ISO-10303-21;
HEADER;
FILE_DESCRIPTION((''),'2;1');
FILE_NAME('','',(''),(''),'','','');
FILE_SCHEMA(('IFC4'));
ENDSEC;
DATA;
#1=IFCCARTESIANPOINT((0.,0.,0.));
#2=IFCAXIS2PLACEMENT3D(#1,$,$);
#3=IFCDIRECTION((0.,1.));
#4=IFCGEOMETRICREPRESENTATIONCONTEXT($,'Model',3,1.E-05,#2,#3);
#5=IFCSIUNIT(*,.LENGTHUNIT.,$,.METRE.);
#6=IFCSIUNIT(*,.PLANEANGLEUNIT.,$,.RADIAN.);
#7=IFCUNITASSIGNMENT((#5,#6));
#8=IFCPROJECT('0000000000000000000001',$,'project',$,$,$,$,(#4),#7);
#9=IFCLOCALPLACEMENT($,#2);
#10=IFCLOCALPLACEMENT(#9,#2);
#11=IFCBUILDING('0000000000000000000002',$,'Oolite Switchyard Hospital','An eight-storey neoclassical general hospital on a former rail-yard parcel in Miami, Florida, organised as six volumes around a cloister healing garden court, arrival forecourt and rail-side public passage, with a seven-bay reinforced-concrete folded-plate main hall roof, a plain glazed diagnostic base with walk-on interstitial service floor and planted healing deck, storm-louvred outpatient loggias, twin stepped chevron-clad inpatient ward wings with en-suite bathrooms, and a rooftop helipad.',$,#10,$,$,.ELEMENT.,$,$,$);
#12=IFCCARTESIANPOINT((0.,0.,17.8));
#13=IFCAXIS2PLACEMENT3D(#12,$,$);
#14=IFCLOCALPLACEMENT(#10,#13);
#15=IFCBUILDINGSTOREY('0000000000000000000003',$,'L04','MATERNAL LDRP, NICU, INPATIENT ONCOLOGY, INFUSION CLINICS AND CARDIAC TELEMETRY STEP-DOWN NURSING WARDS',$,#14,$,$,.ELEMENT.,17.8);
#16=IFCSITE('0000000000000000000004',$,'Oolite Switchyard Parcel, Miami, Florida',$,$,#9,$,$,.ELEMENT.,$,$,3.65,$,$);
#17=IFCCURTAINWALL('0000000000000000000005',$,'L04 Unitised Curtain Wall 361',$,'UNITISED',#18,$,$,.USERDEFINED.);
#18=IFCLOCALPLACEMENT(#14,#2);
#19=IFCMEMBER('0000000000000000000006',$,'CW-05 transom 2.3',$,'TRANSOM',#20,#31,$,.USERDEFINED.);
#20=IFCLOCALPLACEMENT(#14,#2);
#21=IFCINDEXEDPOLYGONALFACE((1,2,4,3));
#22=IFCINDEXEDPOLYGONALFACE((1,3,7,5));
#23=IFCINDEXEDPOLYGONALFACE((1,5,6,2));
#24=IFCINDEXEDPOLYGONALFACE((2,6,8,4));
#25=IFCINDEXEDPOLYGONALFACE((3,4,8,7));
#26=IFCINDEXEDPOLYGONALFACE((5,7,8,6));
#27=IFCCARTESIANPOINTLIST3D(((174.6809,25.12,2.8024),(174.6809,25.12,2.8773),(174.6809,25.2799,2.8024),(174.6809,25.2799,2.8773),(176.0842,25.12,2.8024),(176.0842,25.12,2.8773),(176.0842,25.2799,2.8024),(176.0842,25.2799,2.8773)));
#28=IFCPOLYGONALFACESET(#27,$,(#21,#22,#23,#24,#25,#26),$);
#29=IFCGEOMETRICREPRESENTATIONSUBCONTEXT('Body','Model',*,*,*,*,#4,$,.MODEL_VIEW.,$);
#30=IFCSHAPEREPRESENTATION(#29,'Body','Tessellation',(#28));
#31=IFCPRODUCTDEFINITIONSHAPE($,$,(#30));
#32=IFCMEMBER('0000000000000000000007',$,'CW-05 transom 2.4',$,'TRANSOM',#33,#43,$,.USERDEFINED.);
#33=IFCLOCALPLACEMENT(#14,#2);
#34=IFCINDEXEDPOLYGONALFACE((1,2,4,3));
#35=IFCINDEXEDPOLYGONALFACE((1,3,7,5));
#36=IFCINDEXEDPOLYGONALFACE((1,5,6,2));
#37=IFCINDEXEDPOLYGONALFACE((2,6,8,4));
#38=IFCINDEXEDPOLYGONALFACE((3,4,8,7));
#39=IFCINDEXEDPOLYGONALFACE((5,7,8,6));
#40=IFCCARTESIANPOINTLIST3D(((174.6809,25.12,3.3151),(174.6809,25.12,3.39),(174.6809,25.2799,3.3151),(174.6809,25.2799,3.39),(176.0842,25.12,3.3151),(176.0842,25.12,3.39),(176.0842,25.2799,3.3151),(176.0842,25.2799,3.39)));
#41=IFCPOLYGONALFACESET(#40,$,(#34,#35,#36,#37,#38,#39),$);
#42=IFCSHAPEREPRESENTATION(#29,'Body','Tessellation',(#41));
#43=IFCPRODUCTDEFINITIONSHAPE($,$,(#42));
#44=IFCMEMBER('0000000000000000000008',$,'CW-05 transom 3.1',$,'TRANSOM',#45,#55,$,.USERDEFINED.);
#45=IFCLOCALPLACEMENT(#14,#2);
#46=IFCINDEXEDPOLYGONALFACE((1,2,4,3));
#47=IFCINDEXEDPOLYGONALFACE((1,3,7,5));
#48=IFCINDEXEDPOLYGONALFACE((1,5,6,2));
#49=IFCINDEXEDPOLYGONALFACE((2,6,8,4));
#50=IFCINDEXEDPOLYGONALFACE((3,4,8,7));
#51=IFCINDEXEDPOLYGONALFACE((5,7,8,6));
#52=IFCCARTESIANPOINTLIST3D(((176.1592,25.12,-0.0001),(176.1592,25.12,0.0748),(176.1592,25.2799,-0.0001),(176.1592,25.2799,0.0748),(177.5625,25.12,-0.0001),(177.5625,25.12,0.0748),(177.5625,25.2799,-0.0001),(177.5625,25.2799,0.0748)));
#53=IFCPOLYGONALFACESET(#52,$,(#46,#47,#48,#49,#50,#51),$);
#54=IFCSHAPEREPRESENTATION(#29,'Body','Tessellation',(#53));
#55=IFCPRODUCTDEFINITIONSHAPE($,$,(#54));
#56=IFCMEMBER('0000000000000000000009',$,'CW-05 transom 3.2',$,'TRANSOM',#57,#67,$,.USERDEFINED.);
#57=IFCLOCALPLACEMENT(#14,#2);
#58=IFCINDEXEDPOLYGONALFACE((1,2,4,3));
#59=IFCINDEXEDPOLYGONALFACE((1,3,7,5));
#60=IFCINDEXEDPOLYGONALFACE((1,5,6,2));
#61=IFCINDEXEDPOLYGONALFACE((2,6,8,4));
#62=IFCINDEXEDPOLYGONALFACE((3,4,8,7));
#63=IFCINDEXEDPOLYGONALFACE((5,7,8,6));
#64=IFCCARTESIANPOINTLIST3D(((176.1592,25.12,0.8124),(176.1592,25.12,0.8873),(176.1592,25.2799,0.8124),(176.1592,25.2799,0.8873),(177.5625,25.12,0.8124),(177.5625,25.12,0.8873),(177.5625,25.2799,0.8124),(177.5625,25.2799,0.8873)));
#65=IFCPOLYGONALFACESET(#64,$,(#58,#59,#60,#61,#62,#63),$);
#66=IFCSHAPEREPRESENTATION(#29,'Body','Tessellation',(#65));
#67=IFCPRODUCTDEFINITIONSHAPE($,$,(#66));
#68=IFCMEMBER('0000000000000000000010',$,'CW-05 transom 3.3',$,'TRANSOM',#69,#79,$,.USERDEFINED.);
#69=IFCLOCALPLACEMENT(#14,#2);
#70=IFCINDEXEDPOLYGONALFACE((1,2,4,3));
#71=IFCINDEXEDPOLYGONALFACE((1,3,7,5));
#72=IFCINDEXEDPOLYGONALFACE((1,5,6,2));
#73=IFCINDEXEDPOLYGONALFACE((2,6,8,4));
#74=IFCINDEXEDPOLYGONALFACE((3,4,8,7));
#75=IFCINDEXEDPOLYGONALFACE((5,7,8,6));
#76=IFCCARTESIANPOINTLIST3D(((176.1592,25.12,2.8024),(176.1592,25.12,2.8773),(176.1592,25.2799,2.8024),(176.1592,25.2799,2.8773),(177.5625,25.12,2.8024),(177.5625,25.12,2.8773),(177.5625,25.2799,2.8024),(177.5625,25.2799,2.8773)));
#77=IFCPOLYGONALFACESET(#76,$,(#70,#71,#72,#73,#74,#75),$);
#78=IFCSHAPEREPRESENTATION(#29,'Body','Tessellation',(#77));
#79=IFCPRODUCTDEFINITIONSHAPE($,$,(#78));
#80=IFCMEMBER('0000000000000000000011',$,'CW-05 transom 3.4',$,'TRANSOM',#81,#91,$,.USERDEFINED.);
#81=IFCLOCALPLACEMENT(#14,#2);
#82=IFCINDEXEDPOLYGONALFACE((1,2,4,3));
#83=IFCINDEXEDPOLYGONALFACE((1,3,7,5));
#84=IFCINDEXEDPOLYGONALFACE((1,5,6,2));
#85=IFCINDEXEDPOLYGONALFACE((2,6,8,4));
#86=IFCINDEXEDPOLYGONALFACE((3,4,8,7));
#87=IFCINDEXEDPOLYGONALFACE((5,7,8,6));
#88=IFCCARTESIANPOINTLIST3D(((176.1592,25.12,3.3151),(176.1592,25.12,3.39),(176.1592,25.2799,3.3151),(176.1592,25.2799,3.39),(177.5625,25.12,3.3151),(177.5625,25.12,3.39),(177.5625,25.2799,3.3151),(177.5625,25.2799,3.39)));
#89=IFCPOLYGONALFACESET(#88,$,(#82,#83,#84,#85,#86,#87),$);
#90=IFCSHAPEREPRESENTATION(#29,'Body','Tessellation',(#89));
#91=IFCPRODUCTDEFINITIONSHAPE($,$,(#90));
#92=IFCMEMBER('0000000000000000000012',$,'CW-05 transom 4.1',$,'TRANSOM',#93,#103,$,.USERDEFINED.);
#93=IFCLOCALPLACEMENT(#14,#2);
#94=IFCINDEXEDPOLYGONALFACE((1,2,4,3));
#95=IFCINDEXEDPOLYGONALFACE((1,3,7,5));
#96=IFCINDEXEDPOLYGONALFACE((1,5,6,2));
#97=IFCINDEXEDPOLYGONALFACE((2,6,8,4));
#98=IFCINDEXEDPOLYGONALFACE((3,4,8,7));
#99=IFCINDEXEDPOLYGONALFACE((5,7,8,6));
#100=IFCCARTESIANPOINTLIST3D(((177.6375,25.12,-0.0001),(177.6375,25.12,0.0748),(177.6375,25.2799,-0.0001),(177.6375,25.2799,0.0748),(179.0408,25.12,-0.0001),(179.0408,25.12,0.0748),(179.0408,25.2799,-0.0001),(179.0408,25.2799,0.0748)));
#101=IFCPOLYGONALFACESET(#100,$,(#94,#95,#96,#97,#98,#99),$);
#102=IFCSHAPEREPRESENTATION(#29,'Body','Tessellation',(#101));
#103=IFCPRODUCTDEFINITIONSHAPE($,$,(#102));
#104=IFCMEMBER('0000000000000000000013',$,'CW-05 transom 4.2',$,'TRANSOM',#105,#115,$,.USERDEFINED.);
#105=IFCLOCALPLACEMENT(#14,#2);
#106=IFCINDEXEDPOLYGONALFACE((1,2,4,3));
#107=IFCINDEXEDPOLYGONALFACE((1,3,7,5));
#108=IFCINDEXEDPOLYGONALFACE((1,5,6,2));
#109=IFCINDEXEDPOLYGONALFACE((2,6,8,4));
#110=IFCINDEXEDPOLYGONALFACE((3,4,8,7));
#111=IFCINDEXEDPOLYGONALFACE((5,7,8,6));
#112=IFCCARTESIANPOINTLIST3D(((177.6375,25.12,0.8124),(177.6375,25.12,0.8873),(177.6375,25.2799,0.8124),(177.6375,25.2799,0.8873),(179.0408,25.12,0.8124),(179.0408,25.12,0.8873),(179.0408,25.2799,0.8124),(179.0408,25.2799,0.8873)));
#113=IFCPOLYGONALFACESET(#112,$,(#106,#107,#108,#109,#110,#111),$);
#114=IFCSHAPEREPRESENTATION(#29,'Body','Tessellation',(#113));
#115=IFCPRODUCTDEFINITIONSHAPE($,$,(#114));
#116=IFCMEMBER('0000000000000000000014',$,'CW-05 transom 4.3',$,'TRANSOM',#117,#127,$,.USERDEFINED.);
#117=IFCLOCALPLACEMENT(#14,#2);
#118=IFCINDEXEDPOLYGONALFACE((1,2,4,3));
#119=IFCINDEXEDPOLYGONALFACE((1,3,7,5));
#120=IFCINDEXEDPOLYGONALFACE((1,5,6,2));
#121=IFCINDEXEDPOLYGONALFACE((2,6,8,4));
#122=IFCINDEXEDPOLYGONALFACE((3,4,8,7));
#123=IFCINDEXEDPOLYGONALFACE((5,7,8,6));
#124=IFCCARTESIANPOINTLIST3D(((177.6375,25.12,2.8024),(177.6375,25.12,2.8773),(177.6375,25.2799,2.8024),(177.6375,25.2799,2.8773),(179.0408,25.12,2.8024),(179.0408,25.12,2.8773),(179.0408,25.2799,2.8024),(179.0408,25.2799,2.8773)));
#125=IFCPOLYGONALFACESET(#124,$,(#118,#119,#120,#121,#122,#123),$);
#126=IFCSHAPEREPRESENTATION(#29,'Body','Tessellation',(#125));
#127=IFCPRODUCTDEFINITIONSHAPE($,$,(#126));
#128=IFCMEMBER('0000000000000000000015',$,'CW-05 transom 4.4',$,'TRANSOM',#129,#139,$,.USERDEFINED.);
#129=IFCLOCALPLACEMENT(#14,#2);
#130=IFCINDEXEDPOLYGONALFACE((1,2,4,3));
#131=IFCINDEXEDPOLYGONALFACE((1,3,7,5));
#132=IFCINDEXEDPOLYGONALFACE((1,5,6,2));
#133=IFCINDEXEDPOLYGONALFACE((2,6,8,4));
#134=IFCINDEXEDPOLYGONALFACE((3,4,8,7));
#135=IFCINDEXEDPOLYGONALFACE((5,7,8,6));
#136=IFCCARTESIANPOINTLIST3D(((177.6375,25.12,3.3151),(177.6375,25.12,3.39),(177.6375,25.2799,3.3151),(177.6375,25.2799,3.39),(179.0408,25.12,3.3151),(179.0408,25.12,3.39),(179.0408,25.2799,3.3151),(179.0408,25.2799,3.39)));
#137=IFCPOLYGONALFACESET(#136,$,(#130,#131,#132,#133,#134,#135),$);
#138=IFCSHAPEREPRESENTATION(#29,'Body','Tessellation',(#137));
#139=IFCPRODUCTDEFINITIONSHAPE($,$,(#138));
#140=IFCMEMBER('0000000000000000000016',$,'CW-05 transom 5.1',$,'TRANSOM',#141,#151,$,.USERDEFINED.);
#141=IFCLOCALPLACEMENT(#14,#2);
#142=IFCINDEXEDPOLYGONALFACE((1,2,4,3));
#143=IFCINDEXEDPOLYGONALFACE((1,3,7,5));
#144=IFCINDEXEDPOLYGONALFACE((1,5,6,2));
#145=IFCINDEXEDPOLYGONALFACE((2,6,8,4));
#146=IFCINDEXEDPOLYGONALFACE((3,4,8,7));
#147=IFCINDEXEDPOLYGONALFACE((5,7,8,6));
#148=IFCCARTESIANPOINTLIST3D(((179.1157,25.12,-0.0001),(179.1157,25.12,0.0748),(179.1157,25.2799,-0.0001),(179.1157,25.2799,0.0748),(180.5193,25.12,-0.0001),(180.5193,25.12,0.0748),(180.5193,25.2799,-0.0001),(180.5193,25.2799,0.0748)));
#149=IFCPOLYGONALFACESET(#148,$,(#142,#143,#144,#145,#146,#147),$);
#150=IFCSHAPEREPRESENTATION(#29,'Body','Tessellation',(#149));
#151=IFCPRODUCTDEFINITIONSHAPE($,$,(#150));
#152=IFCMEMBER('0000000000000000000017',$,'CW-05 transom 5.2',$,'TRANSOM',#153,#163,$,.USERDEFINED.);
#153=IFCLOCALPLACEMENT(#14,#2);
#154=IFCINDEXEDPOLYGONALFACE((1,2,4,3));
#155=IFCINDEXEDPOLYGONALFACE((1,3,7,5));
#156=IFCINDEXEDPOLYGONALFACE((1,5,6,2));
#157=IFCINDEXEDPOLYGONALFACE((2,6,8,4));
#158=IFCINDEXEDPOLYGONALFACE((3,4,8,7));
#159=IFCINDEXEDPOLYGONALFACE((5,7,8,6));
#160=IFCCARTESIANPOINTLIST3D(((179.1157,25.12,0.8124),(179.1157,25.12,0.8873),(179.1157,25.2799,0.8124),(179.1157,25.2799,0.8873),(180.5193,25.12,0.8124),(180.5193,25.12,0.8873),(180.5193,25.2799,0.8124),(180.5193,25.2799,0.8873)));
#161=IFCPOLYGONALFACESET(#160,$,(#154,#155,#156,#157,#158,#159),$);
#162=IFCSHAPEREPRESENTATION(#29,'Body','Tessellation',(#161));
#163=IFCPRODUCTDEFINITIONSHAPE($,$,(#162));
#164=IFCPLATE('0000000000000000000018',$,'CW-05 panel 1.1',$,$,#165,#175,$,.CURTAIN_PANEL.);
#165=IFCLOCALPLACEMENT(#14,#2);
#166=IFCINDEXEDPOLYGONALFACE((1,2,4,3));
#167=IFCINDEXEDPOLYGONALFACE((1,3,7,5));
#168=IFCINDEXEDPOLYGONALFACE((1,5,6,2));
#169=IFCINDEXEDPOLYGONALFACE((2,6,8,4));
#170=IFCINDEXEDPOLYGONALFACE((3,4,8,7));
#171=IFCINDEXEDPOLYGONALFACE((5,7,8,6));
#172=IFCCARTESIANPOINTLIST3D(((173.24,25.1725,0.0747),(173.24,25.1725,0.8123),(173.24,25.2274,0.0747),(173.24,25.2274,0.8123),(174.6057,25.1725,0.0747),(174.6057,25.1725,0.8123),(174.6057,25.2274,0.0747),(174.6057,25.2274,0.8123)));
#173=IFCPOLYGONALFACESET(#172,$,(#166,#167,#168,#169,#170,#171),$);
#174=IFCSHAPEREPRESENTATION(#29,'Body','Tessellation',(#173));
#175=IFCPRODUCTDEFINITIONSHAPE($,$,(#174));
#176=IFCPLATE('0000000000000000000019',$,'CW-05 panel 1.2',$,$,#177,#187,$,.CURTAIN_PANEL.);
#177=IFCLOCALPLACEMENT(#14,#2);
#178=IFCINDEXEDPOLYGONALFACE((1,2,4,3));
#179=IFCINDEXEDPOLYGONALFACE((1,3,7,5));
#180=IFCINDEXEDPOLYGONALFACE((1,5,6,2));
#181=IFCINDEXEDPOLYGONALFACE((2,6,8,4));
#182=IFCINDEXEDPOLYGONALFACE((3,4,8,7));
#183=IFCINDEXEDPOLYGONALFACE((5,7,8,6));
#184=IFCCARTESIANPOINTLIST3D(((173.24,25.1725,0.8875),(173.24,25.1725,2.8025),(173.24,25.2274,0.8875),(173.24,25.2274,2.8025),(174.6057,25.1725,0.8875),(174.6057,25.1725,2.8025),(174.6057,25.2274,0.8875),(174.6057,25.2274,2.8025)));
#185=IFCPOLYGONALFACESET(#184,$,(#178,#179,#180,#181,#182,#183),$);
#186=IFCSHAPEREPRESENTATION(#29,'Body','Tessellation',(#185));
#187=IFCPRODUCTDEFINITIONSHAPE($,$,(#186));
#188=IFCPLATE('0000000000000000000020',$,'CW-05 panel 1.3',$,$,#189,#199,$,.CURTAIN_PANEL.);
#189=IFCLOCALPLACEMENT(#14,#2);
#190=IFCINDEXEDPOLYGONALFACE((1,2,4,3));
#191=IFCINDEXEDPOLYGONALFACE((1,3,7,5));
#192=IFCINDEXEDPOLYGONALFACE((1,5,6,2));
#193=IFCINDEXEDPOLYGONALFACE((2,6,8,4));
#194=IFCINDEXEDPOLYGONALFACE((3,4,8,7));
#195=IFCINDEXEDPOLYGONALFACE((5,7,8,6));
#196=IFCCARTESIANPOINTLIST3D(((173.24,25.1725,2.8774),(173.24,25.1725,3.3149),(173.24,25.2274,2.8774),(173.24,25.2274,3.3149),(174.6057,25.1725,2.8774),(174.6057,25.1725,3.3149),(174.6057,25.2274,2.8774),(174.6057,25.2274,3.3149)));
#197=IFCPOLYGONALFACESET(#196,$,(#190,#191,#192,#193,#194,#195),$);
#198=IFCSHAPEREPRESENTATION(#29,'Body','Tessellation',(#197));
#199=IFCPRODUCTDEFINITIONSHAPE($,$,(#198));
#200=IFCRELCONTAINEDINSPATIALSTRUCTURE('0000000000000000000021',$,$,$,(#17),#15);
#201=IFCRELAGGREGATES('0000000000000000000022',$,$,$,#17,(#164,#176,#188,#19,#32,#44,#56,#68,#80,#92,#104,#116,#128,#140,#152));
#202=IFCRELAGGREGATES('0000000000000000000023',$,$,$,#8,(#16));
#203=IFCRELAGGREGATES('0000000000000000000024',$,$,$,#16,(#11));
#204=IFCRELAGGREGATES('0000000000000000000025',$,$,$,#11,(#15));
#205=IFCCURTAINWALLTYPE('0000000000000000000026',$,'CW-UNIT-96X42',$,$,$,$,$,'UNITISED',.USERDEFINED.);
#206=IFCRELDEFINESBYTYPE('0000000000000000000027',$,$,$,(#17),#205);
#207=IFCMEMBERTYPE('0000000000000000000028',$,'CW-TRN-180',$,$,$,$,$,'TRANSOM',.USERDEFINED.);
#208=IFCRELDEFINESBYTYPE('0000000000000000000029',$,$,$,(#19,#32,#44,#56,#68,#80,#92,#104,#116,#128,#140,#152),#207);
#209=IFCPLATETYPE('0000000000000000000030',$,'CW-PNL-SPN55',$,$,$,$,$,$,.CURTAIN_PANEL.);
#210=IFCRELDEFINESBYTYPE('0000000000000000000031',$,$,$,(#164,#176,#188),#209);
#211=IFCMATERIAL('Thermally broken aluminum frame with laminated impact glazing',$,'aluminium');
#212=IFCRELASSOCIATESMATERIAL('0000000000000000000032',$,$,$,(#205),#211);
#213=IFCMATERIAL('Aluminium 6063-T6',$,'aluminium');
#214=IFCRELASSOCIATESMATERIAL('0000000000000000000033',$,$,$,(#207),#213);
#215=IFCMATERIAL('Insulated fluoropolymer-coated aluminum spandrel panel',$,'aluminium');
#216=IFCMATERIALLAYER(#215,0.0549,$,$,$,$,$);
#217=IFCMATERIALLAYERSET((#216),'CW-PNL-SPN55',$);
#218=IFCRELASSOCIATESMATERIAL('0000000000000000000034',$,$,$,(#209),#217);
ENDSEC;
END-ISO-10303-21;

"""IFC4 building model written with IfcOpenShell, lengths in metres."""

from ifc_helpers import new_model, si_unit, direction, frame, origin, origin_2d, place, context, subcontext, project, spatial, rectangle, extrude, material, layer, layer_set, material_profile, profile_set, type_object, element, aggregate, save


model = new_model("IFC4")

# Units and contexts
model_context = context("Model", 3, precision=1e-05, world=origin(), true_north=direction((0.0, 1.0)))
body_context = subcontext(model_context, "Body", "Model", "MODEL_VIEW")
ifc_project = project(units=[si_unit("LENGTHUNIT", "METRE"), si_unit("PLANEANGLEUNIT", "RADIAN")], contexts=[model_context])

# Site, building, storey
site_placement = place(None, origin())
site = spatial("IfcSite", under=ifc_project, at=site_placement, Name="Oolite Switchyard Parcel, Miami, Florida", CompositionType="ELEMENT", RefElevation=3.65)
building_placement = place(site_placement, origin())
building = spatial("IfcBuilding", under=site, at=building_placement, Name="Oolite Switchyard Hospital", Description="An eight-storey neoclassical general hospital on a former rail-yard parcel in Miami, Florida, organised as six volumes around a cloister healing garden court, arrival forecourt and rail-side public passage, with a seven-bay reinforced-concrete folded-plate main hall roof, a plain glazed diagnostic base with walk-on interstitial service floor and planted healing deck, storm-louvred outpatient loggias, twin stepped chevron-clad inpatient ward wings with en-suite bathrooms, and a rooftop helipad.", CompositionType="ELEMENT")
storey_placement = place(building_placement, frame((0.0, 0.0, 17.8)))
storey = spatial("IfcBuildingStorey", under=building, at=storey_placement, Name="L04", Description="MATERNAL LDRP, NICU, INPATIENT ONCOLOGY, INFUSION CLINICS AND CARDIAC TELEMETRY STEP-DOWN NURSING WARDS", CompositionType="ELEMENT", Elevation=17.8)

# Shared definitions
ifc_material_1 = material(Name="Thermally broken aluminum frame with laminated impact glazing", Category="aluminium")
curtain_wall_type = type_object("IfcCurtainWallType", Name="CW-UNIT-96X42", ElementType="UNITISED", PredefinedType="USERDEFINED", material=ifc_material_1)
ifc_material_2 = material(Name="Aluminium 6063-T6", Category="aluminium")

# Curtain wall, members, plates
curtain_wall_1_placement = place(storey_placement, origin())
curtain_wall_1 = element("IfcCurtainWall", 1, at=curtain_wall_1_placement, inside=storey, type_object=curtain_wall_type, Name="L04 Unitised Curtain Wall 361", ObjectType="UNITISED", PredefinedType="USERDEFINED")
ifc_material_profile_1 = material_profile(ifc_material_2, rectangle(XDim=0.1599, YDim=0.075, at=origin_2d()), Name="CWT75X160")
ifc_profile_set_1 = profile_set([ifc_material_profile_1], Name="Aluminium 6063-T6")
member_type_1 = type_object("IfcMemberType", Name="CW-TRN-180", ElementType="TRANSOM", PredefinedType="USERDEFINED", material=ifc_profile_set_1)
member_1_placement = place(storey_placement, frame((174.6809, 25.2, 2.8398), z_axis=(1.0, 0.0, 0.0), x_axis=(0.0, 1.0, 0.0)))
member_1 = element("IfcMember", 2, at=member_1_placement, type_object=member_type_1, Name="CW-05 transom 2.3", ObjectType="TRANSOM", PredefinedType="USERDEFINED", context=body_context, shape_type="SweptSolid", body=[
    extrude(rectangle(XDim=0.1599, YDim=0.075, at=origin_2d()), origin(), (0.0, 0.0, 1.0), 1.4033),
])
member_2_placement = place(storey_placement, frame((174.6809, 25.2, 3.3525), z_axis=(1.0, 0.0, 0.0), x_axis=(0.0, 1.0, 0.0)))
member_2 = element("IfcMember", 3, at=member_2_placement, type_object=member_type_1, Name="CW-05 transom 2.4", ObjectType="TRANSOM", PredefinedType="USERDEFINED", context=body_context, shape_type="SweptSolid", body=[
    extrude(rectangle(XDim=0.1599, YDim=0.075, at=origin_2d()), origin(), (0.0, 0.0, 1.0), 1.4033),
])
member_3_placement = place(storey_placement, frame((176.1592, 25.2, 0.0374), z_axis=(1.0, 0.0, 0.0), x_axis=(0.0, 1.0, 0.0)))
member_3 = element("IfcMember", 4, at=member_3_placement, type_object=member_type_1, Name="CW-05 transom 3.1", ObjectType="TRANSOM", PredefinedType="USERDEFINED", context=body_context, shape_type="SweptSolid", body=[
    extrude(rectangle(XDim=0.1599, YDim=0.075, at=origin_2d()), origin(), (0.0, 0.0, 1.0), 1.4033),
])
member_4_placement = place(storey_placement, frame((176.1592, 25.2, 0.8499), z_axis=(1.0, 0.0, 0.0), x_axis=(0.0, 1.0, 0.0)))
member_4 = element("IfcMember", 5, at=member_4_placement, type_object=member_type_1, Name="CW-05 transom 3.2", ObjectType="TRANSOM", PredefinedType="USERDEFINED", context=body_context, shape_type="SweptSolid", body=[
    extrude(rectangle(XDim=0.1599, YDim=0.075, at=origin_2d()), origin(), (0.0, 0.0, 1.0), 1.4033),
])
member_5_placement = place(storey_placement, frame((176.1592, 25.2, 2.8398), z_axis=(1.0, 0.0, 0.0), x_axis=(0.0, 1.0, 0.0)))
member_5 = element("IfcMember", 6, at=member_5_placement, type_object=member_type_1, Name="CW-05 transom 3.3", ObjectType="TRANSOM", PredefinedType="USERDEFINED", context=body_context, shape_type="SweptSolid", body=[
    extrude(rectangle(XDim=0.1599, YDim=0.075, at=origin_2d()), origin(), (0.0, 0.0, 1.0), 1.4033),
])
member_6_placement = place(storey_placement, frame((176.1592, 25.2, 3.3525), z_axis=(1.0, 0.0, 0.0), x_axis=(0.0, 1.0, 0.0)))
member_6 = element("IfcMember", 7, at=member_6_placement, type_object=member_type_1, Name="CW-05 transom 3.4", ObjectType="TRANSOM", PredefinedType="USERDEFINED", context=body_context, shape_type="SweptSolid", body=[
    extrude(rectangle(XDim=0.1599, YDim=0.075, at=origin_2d()), origin(), (0.0, 0.0, 1.0), 1.4033),
])
member_7_placement = place(storey_placement, frame((177.6375, 25.2, 0.0374), z_axis=(1.0, 0.0, 0.0), x_axis=(0.0, 1.0, 0.0)))
member_7 = element("IfcMember", 8, at=member_7_placement, type_object=member_type_1, Name="CW-05 transom 4.1", ObjectType="TRANSOM", PredefinedType="USERDEFINED", context=body_context, shape_type="SweptSolid", body=[
    extrude(rectangle(XDim=0.1599, YDim=0.075, at=origin_2d()), origin(), (0.0, 0.0, 1.0), 1.4033),
])
member_8_placement = place(storey_placement, frame((177.6375, 25.2, 0.8499), z_axis=(1.0, 0.0, 0.0), x_axis=(0.0, 1.0, 0.0)))
member_8 = element("IfcMember", 9, at=member_8_placement, type_object=member_type_1, Name="CW-05 transom 4.2", ObjectType="TRANSOM", PredefinedType="USERDEFINED", context=body_context, shape_type="SweptSolid", body=[
    extrude(rectangle(XDim=0.1599, YDim=0.075, at=origin_2d()), origin(), (0.0, 0.0, 1.0), 1.4033),
])
member_9_placement = place(storey_placement, frame((177.6375, 25.2, 2.8398), z_axis=(1.0, 0.0, 0.0), x_axis=(0.0, 1.0, 0.0)))
member_9 = element("IfcMember", 10, at=member_9_placement, type_object=member_type_1, Name="CW-05 transom 4.3", ObjectType="TRANSOM", PredefinedType="USERDEFINED", context=body_context, shape_type="SweptSolid", body=[
    extrude(rectangle(XDim=0.1599, YDim=0.075, at=origin_2d()), origin(), (0.0, 0.0, 1.0), 1.4033),
])
member_10_placement = place(storey_placement, frame((177.6375, 25.2, 3.3525), z_axis=(1.0, 0.0, 0.0), x_axis=(0.0, 1.0, 0.0)))
member_10 = element("IfcMember", 11, at=member_10_placement, type_object=member_type_1, Name="CW-05 transom 4.4", ObjectType="TRANSOM", PredefinedType="USERDEFINED", context=body_context, shape_type="SweptSolid", body=[
    extrude(rectangle(XDim=0.1599, YDim=0.075, at=origin_2d()), origin(), (0.0, 0.0, 1.0), 1.4033),
])
member_11_placement = place(storey_placement, frame((179.1157, 25.2, 0.0374), z_axis=(1.0, 0.0, 0.0), x_axis=(0.0, 1.0, 0.0)))
member_11 = element("IfcMember", 12, at=member_11_placement, type_object=member_type_1, Name="CW-05 transom 5.1", ObjectType="TRANSOM", PredefinedType="USERDEFINED", context=body_context, shape_type="SweptSolid", body=[
    extrude(rectangle(XDim=0.1599, YDim=0.075, at=origin_2d()), origin(), (0.0, 0.0, 1.0), 1.4036),
])
member_12_placement = place(storey_placement, frame((179.1157, 25.2, 0.8499), z_axis=(1.0, 0.0, 0.0), x_axis=(0.0, 1.0, 0.0)))
member_12 = element("IfcMember", 13, at=member_12_placement, type_object=member_type_1, Name="CW-05 transom 5.2", ObjectType="TRANSOM", PredefinedType="USERDEFINED", context=body_context, shape_type="SweptSolid", body=[
    extrude(rectangle(XDim=0.1599, YDim=0.075, at=origin_2d()), origin(), (0.0, 0.0, 1.0), 1.4036),
])
ifc_material_3 = material(Name="Insulated fluoropolymer-coated aluminum spandrel panel", Category="aluminium")
ifc_layer_1 = layer(ifc_material_3, 0.0549)
ifc_layer_set_1 = layer_set([ifc_layer_1], Name="CW-PNL-SPN55")
plate_type_1 = type_object("IfcPlateType", Name="CW-PNL-SPN55", PredefinedType="CURTAIN_PANEL", material=ifc_layer_set_1)
plate_1_placement = place(storey_placement, frame((173.9229, 25.2, 0.0747), z_axis=(0.0, 0.0, 1.0), x_axis=(1.0, 0.0, 0.0)))
plate_1 = element("IfcPlate", 14, at=plate_1_placement, type_object=plate_type_1, Name="CW-05 panel 1.1", PredefinedType="CURTAIN_PANEL", context=body_context, shape_type="SweptSolid", body=[
    extrude(rectangle(XDim=1.3657, YDim=0.0549, at=origin_2d()), origin(), (0.0, 0.0, 1.0), 0.7375),
])
plate_2_placement = place(storey_placement, frame((173.9229, 25.2, 0.8875), z_axis=(0.0, 0.0, 1.0), x_axis=(1.0, 0.0, 0.0)))
plate_2 = element("IfcPlate", 15, at=plate_2_placement, type_object=plate_type_1, Name="CW-05 panel 1.2", PredefinedType="CURTAIN_PANEL", context=body_context, shape_type="SweptSolid", body=[
    extrude(rectangle(XDim=1.3657, YDim=0.0549, at=origin_2d()), origin(), (0.0, 0.0, 1.0), 1.915),
])
plate_3_placement = place(storey_placement, frame((173.9229, 25.2, 2.8774), z_axis=(0.0, 0.0, 1.0), x_axis=(1.0, 0.0, 0.0)))
plate_3 = element("IfcPlate", 16, at=plate_3_placement, type_object=plate_type_1, Name="CW-05 panel 1.3", PredefinedType="CURTAIN_PANEL", context=body_context, shape_type="SweptSolid", body=[
    extrude(rectangle(XDim=1.3657, YDim=0.0549, at=origin_2d()), origin(), (0.0, 0.0, 1.0), 0.4375),
])
aggregate(curtain_wall_1, [plate_1, plate_2, plate_3, member_1, member_2, member_3, member_4, member_5, member_6, member_7, member_8, member_9, member_10, member_11, member_12])

save(model, "model.ifc")
